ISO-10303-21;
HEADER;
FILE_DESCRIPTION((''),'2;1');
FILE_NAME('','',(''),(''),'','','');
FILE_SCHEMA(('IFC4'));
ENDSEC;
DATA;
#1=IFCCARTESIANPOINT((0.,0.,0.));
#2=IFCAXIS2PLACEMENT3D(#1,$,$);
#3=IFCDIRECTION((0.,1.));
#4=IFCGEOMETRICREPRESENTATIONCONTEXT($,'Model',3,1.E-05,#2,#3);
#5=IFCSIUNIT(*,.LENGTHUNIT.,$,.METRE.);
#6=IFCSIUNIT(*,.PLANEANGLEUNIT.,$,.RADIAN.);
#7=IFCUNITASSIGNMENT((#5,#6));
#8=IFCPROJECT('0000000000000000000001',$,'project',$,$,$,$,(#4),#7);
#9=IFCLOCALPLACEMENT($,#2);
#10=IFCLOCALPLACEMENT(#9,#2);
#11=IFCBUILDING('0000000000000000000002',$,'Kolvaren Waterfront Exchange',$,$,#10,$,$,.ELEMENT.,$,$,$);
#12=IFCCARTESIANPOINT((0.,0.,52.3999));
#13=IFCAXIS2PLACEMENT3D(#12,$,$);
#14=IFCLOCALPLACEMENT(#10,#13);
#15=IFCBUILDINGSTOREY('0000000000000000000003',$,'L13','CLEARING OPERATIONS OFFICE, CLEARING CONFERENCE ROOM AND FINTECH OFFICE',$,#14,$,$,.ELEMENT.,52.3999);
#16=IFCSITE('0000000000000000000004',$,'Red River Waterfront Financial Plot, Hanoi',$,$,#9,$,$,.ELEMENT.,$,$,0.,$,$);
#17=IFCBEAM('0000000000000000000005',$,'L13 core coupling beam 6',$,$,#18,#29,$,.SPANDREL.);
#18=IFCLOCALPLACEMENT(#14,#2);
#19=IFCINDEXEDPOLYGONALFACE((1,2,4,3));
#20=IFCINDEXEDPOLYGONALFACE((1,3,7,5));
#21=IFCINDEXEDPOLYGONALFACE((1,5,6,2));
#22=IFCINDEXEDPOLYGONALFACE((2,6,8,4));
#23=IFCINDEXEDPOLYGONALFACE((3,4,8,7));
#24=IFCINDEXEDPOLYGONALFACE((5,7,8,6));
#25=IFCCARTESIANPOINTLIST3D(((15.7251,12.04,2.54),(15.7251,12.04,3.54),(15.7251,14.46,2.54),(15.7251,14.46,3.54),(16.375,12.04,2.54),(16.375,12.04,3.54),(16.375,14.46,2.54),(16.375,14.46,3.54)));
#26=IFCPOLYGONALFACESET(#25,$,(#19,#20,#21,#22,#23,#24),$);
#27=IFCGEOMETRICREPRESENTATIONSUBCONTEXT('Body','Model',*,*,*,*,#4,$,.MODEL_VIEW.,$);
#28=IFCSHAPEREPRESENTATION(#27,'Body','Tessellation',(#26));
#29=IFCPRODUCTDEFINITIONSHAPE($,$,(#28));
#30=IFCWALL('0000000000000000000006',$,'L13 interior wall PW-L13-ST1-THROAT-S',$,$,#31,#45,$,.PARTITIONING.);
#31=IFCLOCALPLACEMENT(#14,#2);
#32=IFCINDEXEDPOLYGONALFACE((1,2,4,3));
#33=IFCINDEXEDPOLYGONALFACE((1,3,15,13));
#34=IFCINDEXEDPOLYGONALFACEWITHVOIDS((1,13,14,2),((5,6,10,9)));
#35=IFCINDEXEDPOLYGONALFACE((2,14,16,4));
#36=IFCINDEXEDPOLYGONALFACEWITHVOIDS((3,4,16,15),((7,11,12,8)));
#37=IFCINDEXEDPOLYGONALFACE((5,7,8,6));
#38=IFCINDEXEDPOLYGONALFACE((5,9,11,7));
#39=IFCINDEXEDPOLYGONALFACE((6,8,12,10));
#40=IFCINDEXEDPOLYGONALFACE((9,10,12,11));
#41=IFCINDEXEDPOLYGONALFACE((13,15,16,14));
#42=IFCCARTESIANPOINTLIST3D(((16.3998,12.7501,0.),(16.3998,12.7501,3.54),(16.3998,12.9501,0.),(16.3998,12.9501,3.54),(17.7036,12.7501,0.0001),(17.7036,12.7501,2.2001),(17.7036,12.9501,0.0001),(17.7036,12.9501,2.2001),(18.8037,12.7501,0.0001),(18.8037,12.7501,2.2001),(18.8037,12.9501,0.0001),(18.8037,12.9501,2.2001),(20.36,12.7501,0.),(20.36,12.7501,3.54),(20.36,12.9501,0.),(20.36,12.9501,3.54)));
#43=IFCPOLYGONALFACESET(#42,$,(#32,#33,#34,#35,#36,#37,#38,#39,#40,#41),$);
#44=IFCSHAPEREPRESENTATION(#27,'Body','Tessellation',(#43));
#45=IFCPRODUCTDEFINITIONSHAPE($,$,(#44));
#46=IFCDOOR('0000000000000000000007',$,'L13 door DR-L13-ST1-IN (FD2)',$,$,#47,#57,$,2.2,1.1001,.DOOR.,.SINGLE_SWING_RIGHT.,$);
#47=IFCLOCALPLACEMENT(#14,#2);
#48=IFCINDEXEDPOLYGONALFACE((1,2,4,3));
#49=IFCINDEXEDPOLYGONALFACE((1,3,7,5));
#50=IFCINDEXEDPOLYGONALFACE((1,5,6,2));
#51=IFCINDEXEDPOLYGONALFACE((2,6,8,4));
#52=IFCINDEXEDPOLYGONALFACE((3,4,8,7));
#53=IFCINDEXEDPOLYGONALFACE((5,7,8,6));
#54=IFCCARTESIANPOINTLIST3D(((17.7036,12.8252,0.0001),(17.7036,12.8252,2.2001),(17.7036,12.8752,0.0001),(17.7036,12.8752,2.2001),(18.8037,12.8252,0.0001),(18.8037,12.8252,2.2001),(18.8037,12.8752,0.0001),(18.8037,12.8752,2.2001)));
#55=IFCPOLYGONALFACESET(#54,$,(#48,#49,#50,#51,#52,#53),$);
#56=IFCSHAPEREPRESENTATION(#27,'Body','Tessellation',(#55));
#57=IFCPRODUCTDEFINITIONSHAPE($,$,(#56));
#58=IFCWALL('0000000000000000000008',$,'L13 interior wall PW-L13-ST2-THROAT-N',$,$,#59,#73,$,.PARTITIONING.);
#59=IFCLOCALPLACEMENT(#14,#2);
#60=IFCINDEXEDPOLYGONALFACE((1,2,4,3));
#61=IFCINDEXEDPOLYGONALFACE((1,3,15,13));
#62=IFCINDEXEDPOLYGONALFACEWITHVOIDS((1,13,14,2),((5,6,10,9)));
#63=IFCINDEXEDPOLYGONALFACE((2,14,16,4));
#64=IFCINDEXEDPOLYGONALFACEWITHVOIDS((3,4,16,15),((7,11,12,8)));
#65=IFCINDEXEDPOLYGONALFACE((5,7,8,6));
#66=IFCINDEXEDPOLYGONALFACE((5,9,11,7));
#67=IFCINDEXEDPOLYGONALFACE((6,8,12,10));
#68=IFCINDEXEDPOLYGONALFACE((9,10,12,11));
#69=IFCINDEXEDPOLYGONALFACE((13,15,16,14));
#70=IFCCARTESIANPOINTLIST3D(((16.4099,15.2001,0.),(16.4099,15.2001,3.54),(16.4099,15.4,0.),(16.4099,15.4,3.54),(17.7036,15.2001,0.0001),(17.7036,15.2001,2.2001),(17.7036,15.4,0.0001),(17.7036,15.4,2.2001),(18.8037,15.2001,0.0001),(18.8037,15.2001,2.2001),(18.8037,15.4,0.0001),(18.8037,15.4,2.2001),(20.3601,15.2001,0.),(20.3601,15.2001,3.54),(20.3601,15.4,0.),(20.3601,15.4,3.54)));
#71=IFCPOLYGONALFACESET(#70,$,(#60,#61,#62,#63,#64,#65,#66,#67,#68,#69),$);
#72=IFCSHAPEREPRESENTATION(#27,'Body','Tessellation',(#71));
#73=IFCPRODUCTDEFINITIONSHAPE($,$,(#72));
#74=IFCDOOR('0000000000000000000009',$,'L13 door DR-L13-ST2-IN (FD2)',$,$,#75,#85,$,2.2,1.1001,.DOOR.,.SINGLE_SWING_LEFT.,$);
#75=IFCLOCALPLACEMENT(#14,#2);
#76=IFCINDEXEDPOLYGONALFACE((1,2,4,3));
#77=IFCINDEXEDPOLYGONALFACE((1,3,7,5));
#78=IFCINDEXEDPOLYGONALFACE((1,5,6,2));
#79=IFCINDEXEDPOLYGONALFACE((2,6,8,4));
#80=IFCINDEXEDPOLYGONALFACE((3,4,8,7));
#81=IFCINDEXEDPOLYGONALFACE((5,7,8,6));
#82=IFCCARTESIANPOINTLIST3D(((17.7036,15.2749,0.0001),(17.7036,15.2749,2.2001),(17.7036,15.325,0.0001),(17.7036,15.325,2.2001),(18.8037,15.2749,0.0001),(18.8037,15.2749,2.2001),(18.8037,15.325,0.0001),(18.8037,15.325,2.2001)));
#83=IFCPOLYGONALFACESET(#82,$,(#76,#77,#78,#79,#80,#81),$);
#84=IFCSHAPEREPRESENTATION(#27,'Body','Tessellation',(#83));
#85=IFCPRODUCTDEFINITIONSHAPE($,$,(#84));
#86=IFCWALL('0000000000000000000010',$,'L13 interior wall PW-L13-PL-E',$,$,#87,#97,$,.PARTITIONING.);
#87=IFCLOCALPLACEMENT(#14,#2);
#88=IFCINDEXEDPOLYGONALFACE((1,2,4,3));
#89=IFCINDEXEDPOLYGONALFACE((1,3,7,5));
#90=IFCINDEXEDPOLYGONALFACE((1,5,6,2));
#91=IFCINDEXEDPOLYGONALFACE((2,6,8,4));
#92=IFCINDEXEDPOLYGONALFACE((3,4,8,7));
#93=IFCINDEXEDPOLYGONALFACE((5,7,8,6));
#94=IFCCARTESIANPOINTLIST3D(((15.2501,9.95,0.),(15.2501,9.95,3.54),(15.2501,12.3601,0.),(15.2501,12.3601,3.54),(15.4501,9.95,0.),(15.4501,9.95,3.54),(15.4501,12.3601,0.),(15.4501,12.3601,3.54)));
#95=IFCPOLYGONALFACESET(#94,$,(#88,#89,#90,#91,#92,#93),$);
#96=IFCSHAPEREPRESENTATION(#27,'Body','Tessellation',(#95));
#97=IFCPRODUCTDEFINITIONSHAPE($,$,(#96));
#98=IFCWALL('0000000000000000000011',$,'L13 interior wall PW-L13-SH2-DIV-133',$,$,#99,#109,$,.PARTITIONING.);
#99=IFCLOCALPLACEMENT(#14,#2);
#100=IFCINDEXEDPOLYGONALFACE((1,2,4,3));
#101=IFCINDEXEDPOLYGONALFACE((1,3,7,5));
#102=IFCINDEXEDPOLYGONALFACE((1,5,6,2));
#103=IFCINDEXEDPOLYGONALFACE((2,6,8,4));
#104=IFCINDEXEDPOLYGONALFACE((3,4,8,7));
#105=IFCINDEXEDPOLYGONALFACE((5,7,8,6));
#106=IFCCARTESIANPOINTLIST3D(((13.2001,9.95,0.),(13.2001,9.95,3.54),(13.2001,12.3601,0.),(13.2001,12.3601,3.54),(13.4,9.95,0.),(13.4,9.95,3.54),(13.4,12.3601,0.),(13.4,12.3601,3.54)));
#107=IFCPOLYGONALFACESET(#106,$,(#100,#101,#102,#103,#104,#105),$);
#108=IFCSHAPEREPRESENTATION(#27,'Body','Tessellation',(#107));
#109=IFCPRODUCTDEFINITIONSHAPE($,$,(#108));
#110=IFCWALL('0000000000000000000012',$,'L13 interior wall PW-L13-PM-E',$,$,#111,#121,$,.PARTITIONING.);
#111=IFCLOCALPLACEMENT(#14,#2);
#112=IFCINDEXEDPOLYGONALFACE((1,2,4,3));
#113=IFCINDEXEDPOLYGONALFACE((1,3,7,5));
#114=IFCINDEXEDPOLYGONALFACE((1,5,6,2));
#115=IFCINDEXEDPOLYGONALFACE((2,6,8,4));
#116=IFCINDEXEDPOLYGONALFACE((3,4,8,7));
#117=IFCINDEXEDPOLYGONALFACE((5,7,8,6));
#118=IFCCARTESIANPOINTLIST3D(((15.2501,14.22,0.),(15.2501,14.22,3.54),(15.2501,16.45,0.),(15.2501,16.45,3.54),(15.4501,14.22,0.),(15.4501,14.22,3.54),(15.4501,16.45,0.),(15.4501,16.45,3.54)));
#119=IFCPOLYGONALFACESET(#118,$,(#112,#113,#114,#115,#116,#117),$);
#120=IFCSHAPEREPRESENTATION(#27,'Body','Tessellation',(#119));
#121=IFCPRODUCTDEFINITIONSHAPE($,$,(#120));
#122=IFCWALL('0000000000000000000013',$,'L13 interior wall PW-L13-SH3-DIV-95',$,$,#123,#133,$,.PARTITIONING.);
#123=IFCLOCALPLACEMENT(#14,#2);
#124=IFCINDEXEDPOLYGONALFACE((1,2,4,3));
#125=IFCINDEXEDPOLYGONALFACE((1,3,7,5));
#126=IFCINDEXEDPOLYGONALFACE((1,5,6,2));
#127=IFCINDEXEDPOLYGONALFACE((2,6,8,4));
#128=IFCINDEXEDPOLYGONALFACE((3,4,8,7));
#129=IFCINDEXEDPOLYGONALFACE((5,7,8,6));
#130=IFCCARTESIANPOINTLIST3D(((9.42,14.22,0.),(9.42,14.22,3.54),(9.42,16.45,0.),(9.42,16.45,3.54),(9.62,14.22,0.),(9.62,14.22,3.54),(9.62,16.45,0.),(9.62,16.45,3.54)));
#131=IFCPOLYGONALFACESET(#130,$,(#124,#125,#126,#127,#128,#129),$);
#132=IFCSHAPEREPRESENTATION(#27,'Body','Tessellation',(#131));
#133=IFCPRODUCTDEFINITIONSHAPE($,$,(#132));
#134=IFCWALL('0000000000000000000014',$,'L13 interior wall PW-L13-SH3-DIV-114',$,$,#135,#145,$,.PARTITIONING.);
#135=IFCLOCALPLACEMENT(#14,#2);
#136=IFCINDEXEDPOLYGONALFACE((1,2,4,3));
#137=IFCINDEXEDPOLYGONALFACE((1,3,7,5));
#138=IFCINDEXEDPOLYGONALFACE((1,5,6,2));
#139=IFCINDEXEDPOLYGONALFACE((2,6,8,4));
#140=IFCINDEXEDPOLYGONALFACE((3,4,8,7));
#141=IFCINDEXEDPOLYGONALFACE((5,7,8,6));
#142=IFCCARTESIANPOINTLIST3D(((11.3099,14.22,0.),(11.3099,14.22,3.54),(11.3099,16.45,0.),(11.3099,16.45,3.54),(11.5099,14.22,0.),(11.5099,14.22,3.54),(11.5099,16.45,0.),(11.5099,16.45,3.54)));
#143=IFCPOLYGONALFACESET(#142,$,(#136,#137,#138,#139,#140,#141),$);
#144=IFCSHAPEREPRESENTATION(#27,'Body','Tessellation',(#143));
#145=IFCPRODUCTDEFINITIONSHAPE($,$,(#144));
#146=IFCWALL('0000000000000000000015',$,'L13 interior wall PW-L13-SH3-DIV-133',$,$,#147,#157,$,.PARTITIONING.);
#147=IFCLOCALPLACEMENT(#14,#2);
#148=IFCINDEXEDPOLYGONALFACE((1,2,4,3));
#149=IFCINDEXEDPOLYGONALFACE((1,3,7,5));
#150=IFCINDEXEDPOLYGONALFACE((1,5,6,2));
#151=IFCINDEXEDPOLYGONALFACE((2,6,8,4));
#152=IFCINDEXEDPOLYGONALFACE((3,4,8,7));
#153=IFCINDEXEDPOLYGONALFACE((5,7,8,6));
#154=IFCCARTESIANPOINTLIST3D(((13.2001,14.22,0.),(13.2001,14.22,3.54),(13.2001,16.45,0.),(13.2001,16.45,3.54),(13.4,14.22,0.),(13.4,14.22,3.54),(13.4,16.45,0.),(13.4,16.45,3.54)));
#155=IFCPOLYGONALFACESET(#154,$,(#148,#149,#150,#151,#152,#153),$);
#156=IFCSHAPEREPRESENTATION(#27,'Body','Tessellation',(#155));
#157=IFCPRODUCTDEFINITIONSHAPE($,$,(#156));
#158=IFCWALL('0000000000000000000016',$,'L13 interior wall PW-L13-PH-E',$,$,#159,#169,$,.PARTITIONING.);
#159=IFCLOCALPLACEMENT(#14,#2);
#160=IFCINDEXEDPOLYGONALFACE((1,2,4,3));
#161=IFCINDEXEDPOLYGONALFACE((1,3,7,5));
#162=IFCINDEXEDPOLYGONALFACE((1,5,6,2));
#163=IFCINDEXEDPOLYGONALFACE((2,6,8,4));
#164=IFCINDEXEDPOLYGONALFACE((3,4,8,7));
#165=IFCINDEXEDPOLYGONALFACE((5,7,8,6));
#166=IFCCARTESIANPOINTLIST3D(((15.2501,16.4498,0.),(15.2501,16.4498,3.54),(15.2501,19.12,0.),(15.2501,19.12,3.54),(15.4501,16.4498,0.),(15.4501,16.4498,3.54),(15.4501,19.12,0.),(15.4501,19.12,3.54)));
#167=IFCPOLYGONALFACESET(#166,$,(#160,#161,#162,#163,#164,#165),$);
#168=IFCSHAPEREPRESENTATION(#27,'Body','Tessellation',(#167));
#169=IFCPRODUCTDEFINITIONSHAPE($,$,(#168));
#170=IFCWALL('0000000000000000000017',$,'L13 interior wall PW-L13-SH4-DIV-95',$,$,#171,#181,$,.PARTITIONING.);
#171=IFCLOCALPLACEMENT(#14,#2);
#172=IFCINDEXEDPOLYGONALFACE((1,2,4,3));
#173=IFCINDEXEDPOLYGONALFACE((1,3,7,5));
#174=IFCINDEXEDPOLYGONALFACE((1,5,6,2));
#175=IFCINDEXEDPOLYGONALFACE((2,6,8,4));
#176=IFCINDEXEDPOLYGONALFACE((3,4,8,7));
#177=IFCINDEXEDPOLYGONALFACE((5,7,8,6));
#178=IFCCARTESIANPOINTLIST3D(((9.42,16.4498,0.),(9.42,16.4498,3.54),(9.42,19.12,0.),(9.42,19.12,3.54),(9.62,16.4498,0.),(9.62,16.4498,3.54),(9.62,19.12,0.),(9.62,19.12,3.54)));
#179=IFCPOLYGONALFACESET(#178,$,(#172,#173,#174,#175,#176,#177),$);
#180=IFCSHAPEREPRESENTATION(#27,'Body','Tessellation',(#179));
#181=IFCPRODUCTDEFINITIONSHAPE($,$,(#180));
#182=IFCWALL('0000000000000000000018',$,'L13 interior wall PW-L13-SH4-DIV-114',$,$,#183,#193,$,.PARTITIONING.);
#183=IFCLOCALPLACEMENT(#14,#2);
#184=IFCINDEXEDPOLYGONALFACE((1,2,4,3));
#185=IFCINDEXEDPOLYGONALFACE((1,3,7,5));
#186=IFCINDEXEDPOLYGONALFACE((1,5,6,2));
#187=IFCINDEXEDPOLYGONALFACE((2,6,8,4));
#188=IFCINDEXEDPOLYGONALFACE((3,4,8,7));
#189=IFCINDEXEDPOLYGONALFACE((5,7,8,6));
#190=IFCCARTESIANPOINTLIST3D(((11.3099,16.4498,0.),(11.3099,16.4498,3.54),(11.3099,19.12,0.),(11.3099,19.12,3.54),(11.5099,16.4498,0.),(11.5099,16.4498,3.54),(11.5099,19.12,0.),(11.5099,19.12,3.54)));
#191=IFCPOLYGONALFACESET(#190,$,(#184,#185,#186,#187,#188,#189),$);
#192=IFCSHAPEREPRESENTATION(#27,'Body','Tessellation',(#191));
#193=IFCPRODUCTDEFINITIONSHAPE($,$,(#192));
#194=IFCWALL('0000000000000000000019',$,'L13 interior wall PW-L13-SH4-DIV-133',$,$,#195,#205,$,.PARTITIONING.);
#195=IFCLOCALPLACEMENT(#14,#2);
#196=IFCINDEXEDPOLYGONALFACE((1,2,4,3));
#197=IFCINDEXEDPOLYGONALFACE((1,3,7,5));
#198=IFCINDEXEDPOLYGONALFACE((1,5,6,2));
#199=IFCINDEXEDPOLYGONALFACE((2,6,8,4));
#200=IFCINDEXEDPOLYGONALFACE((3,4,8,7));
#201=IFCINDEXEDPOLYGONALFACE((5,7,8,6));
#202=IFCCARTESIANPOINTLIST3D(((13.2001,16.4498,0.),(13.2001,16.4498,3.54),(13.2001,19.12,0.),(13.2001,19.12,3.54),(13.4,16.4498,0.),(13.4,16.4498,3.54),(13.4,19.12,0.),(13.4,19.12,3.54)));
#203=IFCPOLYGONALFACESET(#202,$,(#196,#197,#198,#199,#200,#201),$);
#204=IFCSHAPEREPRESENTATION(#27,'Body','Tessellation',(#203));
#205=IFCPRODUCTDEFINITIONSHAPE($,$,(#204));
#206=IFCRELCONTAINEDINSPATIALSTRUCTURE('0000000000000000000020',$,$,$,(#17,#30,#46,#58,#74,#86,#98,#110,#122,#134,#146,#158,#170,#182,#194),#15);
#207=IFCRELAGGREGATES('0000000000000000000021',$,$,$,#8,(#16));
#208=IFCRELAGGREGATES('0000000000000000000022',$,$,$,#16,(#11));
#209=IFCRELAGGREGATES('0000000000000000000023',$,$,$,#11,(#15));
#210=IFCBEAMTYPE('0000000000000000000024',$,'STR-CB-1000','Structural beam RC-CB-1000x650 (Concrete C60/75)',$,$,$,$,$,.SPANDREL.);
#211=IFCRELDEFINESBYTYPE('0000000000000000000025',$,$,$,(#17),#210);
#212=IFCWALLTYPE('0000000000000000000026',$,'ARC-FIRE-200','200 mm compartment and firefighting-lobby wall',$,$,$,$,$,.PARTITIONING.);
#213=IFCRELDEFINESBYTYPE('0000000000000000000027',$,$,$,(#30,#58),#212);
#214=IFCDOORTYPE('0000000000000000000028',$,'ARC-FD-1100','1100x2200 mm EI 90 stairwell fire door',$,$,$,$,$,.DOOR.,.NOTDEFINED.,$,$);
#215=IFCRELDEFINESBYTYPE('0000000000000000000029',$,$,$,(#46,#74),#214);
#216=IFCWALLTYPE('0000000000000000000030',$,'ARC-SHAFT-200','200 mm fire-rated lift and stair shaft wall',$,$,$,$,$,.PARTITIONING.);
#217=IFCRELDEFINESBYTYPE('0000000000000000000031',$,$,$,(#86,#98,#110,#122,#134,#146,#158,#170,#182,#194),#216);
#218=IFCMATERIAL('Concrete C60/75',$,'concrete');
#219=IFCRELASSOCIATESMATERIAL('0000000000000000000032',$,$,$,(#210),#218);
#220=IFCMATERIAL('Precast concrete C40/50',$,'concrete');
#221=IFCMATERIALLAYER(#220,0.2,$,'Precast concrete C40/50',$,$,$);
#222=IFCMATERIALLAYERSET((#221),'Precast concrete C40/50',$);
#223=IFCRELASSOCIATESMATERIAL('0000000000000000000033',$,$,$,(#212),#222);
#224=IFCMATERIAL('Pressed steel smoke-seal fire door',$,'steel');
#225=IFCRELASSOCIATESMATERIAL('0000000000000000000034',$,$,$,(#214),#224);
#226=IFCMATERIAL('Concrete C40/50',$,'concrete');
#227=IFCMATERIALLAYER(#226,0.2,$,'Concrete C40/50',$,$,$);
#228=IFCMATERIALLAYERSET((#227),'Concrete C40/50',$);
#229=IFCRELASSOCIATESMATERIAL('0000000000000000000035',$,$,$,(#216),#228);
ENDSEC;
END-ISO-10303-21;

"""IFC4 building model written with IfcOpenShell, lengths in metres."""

from ifc_helpers import new_model, si_unit, direction, frame, frame_2d, origin, origin_2d, place, context, subcontext, project, spatial, rectangle, extrude, material, layer, layer_set, material_profile, profile_set, type_object, element, fill, save


model = new_model("IFC4")

# Units and contexts
model_context = context("Model", 3, precision=1e-05, world=origin(), true_north=direction((0.0, 1.0)))
body_context = subcontext(model_context, "Body", "Model", "MODEL_VIEW")
ifc_project = project(units=[si_unit("LENGTHUNIT", "METRE"), si_unit("PLANEANGLEUNIT", "RADIAN")], contexts=[model_context])

# Site, building, storey
site_placement = place(None, origin())
site = spatial("IfcSite", under=ifc_project, at=site_placement, Name="Red River Waterfront Financial Plot, Hanoi", CompositionType="ELEMENT", RefElevation=0.0)
building_placement = place(site_placement, origin())
building = spatial("IfcBuilding", under=site, at=building_placement, Name="Kolvaren Waterfront Exchange", CompositionType="ELEMENT")
storey_placement = place(building_placement, frame((0.0, 0.0, 52.3999)))
storey = spatial("IfcBuildingStorey", under=building, at=storey_placement, Name="L13", Description="CLEARING OPERATIONS OFFICE, CLEARING CONFERENCE ROOM AND FINTECH OFFICE", CompositionType="ELEMENT", Elevation=52.3999)

# Beam
ifc_material_1 = material(Name="Concrete C60/75", Category="concrete")
ifc_material_profile = material_profile(ifc_material_1, rectangle(XDim=0.6499, YDim=1.0, at=origin_2d()), Name="RC-CB-1000x650")
ifc_profile_set = profile_set([ifc_material_profile], Name="Concrete C60/75")
beam_type = type_object("IfcBeamType", Name="STR-CB-1000", Description="Structural beam RC-CB-1000x650 (Concrete C60/75)", PredefinedType="SPANDREL", material=ifc_profile_set)
beam_placement = place(storey_placement, frame((16.05, 12.04, 3.04), z_axis=(0.0, 1.0, 0.0), x_axis=(-1.0, 0.0, 0.0)))
element("IfcBeam", 1, at=beam_placement, inside=storey, type_object=beam_type, Name="L13 core coupling beam 6", PredefinedType="SPANDREL", context=body_context, shape_type="SweptSolid", body=[
    extrude(rectangle(XDim=0.6499, YDim=1.0, at=origin_2d()), origin(), (0.0, 0.0, 1.0), 2.4199),
])

# Walls, openings, doors
ifc_material_2 = material(Name="Precast concrete C40/50", Category="concrete")
ifc_layer_1 = layer(ifc_material_2, 0.2, Name="Precast concrete C40/50")
ifc_layer_set_1 = layer_set([ifc_layer_1], Name="Precast concrete C40/50")
wall_type_1 = type_object("IfcWallType", Name="ARC-FIRE-200", Description="200 mm compartment and firefighting-lobby wall", PredefinedType="PARTITIONING", material=ifc_layer_set_1)
wall_1_placement = place(storey_placement, frame((16.3999, 12.8501, 0.0), z_axis=(0.0, 0.0, 1.0), x_axis=(1.0, 0.0, 0.0)))
wall_1 = element("IfcWall", 2, at=wall_1_placement, inside=storey, type_object=wall_type_1, Name="L13 interior wall PW-L13-ST1-THROAT-S", PredefinedType="PARTITIONING", context=body_context, shape_type="SweptSolid", body=[
    extrude(rectangle(XDim=3.9602, YDim=0.2, at=frame_2d((1.98, 0.0))), origin(), (0.0, 0.0, 1.0), 3.54),
])
opening_1_placement = place(wall_1_placement, frame((1.3037, 0.0, 0.0)))
opening_1 = element("IfcOpeningElement", 3, at=opening_1_placement, cuts=wall_1, PredefinedType="OPENING", context=body_context, shape_type="SweptSolid", body=[
    extrude(rectangle(XDim=1.1001, YDim=2.2, at=frame_2d((0.55, 1.1001))), frame((0.0, 0.1099, 0.0), z_axis=(0.0, -1.0, 0.0), x_axis=(1.0, 0.0, 0.0)), (0.0, 0.0, 1.0), 0.22),
])
ifc_material_3 = material(Name="Pressed steel smoke-seal fire door", Category="steel")
door_type = type_object("IfcDoorType", Name="ARC-FD-1100", Description="1100x2200 mm EI 90 stairwell fire door", OperationType="NOTDEFINED", PredefinedType="DOOR", material=ifc_material_3)
door_1_placement = place(opening_1_placement, frame((1.1001, 0.0, 0.0), z_axis=(0.0, 0.0, 1.0), x_axis=(-1.0, 0.0, 0.0)))
door_1 = element("IfcDoor", 4, at=door_1_placement, inside=storey, type_object=door_type, Name="L13 door DR-L13-ST1-IN (FD2)", OperationType="SINGLE_SWING_RIGHT", OverallHeight=2.2, OverallWidth=1.1001, PredefinedType="DOOR", context=body_context, shape_type="SweptSolid", body=[
    extrude(rectangle(XDim=1.1001, YDim=2.2, at=frame_2d((0.55, 1.1001))), frame((0.0, 0.0249, 0.0), z_axis=(0.0, -1.0, 0.0), x_axis=(1.0, 0.0, 0.0)), (0.0, 0.0, 1.0), 0.05),
])
fill(opening_1, door_1)
wall_2_placement = place(storey_placement, frame((16.4099, 15.3, 0.0), z_axis=(0.0, 0.0, 1.0), x_axis=(1.0, 0.0, 0.0)))
wall_2 = element("IfcWall", 5, at=wall_2_placement, inside=storey, type_object=wall_type_1, Name="L13 interior wall PW-L13-ST2-THROAT-N", PredefinedType="PARTITIONING", context=body_context, shape_type="SweptSolid", body=[
    extrude(rectangle(XDim=3.9502, YDim=0.2, at=frame_2d((1.9751, 0.0))), origin(), (0.0, 0.0, 1.0), 3.54),
])
opening_2_placement = place(wall_2_placement, frame((1.2937, 0.0, 0.0)))
opening_2 = element("IfcOpeningElement", 6, at=opening_2_placement, cuts=wall_2, PredefinedType="OPENING", context=body_context, shape_type="SweptSolid", body=[
    extrude(rectangle(XDim=1.1001, YDim=2.2, at=frame_2d((0.55, 1.1001))), frame((0.0, 0.1099, 0.0), z_axis=(0.0, -1.0, 0.0), x_axis=(1.0, 0.0, 0.0)), (0.0, 0.0, 1.0), 0.22),
])
door_2_placement = place(opening_2_placement, origin())
door_2 = element("IfcDoor", 7, at=door_2_placement, inside=storey, type_object=door_type, Name="L13 door DR-L13-ST2-IN (FD2)", OperationType="SINGLE_SWING_LEFT", OverallHeight=2.2, OverallWidth=1.1001, PredefinedType="DOOR", context=body_context, shape_type="SweptSolid", body=[
    extrude(rectangle(XDim=1.1001, YDim=2.2, at=frame_2d((0.55, 1.1001))), frame((0.0, 0.0249, 0.0), z_axis=(0.0, -1.0, 0.0), x_axis=(1.0, 0.0, 0.0)), (0.0, 0.0, 1.0), 0.05),
])
fill(opening_2, door_2)

# Walls
ifc_material_4 = material(Name="Concrete C40/50", Category="concrete")
ifc_layer_2 = layer(ifc_material_4, 0.2, Name="Concrete C40/50")
ifc_layer_set_2 = layer_set([ifc_layer_2], Name="Concrete C40/50")
wall_type_2 = type_object("IfcWallType", Name="ARC-SHAFT-200", Description="200 mm fire-rated lift and stair shaft wall", PredefinedType="PARTITIONING", material=ifc_layer_set_2)
for number, where, z_axis, x_axis, name in (
    (8, (15.3501, 9.95, 0.0), (0.0, 0.0, 1.0), (0.0, 1.0, 0.0), "L13 interior wall PW-L13-PL-E"),
    (9, (13.3, 9.95, 0.0), (0.0, 0.0, 1.0), (0.0, 1.0, 0.0), "L13 interior wall PW-L13-SH2-DIV-133"),
):
    element("IfcWall", number, at=place(storey_placement, frame(where, z_axis=z_axis, x_axis=x_axis)), inside=storey, type_object=wall_type_2, Name=name, PredefinedType="PARTITIONING", context=body_context, shape_type="SweptSolid", body=[
        extrude(rectangle(XDim=2.4102, YDim=0.2, at=frame_2d((1.2051, 0.0))), origin(), (0.0, 0.0, 1.0), 3.54),
    ])
for number, where, z_axis, x_axis, name in (
    (10, (15.3501, 14.22, 0.0), (0.0, 0.0, 1.0), (0.0, 1.0, 0.0), "L13 interior wall PW-L13-PM-E"),
    (11, (9.52, 14.22, 0.0), (0.0, 0.0, 1.0), (0.0, 1.0, 0.0), "L13 interior wall PW-L13-SH3-DIV-95"),
    (12, (11.4099, 14.22, 0.0), (0.0, 0.0, 1.0), (0.0, 1.0, 0.0), "L13 interior wall PW-L13-SH3-DIV-114"),
    (13, (13.3, 14.22, 0.0), (0.0, 0.0, 1.0), (0.0, 1.0, 0.0), "L13 interior wall PW-L13-SH3-DIV-133"),
):
    element("IfcWall", number, at=place(storey_placement, frame(where, z_axis=z_axis, x_axis=x_axis)), inside=storey, type_object=wall_type_2, Name=name, PredefinedType="PARTITIONING", context=body_context, shape_type="SweptSolid", body=[
        extrude(rectangle(XDim=2.23, YDim=0.2, at=frame_2d((1.115, 0.0))), origin(), (0.0, 0.0, 1.0), 3.54),
    ])
for number, where, z_axis, x_axis, name in (
    (14, (15.3501, 16.45, 0.0), (0.0, 0.0, 1.0), (0.0, 1.0, 0.0), "L13 interior wall PW-L13-PH-E"),
    (15, (9.52, 16.45, 0.0), (0.0, 0.0, 1.0), (0.0, 1.0, 0.0), "L13 interior wall PW-L13-SH4-DIV-95"),
    (16, (11.4099, 16.45, 0.0), (0.0, 0.0, 1.0), (0.0, 1.0, 0.0), "L13 interior wall PW-L13-SH4-DIV-114"),
    (17, (13.3, 16.45, 0.0), (0.0, 0.0, 1.0), (0.0, 1.0, 0.0), "L13 interior wall PW-L13-SH4-DIV-133"),
):
    element("IfcWall", number, at=place(storey_placement, frame(where, z_axis=z_axis, x_axis=x_axis)), inside=storey, type_object=wall_type_2, Name=name, PredefinedType="PARTITIONING", context=body_context, shape_type="SweptSolid", body=[
        extrude(rectangle(XDim=2.6702, YDim=0.2, at=frame_2d((1.335, 0.0))), origin(), (0.0, 0.0, 1.0), 3.54),
    ])

save(model, "model.ifc")
